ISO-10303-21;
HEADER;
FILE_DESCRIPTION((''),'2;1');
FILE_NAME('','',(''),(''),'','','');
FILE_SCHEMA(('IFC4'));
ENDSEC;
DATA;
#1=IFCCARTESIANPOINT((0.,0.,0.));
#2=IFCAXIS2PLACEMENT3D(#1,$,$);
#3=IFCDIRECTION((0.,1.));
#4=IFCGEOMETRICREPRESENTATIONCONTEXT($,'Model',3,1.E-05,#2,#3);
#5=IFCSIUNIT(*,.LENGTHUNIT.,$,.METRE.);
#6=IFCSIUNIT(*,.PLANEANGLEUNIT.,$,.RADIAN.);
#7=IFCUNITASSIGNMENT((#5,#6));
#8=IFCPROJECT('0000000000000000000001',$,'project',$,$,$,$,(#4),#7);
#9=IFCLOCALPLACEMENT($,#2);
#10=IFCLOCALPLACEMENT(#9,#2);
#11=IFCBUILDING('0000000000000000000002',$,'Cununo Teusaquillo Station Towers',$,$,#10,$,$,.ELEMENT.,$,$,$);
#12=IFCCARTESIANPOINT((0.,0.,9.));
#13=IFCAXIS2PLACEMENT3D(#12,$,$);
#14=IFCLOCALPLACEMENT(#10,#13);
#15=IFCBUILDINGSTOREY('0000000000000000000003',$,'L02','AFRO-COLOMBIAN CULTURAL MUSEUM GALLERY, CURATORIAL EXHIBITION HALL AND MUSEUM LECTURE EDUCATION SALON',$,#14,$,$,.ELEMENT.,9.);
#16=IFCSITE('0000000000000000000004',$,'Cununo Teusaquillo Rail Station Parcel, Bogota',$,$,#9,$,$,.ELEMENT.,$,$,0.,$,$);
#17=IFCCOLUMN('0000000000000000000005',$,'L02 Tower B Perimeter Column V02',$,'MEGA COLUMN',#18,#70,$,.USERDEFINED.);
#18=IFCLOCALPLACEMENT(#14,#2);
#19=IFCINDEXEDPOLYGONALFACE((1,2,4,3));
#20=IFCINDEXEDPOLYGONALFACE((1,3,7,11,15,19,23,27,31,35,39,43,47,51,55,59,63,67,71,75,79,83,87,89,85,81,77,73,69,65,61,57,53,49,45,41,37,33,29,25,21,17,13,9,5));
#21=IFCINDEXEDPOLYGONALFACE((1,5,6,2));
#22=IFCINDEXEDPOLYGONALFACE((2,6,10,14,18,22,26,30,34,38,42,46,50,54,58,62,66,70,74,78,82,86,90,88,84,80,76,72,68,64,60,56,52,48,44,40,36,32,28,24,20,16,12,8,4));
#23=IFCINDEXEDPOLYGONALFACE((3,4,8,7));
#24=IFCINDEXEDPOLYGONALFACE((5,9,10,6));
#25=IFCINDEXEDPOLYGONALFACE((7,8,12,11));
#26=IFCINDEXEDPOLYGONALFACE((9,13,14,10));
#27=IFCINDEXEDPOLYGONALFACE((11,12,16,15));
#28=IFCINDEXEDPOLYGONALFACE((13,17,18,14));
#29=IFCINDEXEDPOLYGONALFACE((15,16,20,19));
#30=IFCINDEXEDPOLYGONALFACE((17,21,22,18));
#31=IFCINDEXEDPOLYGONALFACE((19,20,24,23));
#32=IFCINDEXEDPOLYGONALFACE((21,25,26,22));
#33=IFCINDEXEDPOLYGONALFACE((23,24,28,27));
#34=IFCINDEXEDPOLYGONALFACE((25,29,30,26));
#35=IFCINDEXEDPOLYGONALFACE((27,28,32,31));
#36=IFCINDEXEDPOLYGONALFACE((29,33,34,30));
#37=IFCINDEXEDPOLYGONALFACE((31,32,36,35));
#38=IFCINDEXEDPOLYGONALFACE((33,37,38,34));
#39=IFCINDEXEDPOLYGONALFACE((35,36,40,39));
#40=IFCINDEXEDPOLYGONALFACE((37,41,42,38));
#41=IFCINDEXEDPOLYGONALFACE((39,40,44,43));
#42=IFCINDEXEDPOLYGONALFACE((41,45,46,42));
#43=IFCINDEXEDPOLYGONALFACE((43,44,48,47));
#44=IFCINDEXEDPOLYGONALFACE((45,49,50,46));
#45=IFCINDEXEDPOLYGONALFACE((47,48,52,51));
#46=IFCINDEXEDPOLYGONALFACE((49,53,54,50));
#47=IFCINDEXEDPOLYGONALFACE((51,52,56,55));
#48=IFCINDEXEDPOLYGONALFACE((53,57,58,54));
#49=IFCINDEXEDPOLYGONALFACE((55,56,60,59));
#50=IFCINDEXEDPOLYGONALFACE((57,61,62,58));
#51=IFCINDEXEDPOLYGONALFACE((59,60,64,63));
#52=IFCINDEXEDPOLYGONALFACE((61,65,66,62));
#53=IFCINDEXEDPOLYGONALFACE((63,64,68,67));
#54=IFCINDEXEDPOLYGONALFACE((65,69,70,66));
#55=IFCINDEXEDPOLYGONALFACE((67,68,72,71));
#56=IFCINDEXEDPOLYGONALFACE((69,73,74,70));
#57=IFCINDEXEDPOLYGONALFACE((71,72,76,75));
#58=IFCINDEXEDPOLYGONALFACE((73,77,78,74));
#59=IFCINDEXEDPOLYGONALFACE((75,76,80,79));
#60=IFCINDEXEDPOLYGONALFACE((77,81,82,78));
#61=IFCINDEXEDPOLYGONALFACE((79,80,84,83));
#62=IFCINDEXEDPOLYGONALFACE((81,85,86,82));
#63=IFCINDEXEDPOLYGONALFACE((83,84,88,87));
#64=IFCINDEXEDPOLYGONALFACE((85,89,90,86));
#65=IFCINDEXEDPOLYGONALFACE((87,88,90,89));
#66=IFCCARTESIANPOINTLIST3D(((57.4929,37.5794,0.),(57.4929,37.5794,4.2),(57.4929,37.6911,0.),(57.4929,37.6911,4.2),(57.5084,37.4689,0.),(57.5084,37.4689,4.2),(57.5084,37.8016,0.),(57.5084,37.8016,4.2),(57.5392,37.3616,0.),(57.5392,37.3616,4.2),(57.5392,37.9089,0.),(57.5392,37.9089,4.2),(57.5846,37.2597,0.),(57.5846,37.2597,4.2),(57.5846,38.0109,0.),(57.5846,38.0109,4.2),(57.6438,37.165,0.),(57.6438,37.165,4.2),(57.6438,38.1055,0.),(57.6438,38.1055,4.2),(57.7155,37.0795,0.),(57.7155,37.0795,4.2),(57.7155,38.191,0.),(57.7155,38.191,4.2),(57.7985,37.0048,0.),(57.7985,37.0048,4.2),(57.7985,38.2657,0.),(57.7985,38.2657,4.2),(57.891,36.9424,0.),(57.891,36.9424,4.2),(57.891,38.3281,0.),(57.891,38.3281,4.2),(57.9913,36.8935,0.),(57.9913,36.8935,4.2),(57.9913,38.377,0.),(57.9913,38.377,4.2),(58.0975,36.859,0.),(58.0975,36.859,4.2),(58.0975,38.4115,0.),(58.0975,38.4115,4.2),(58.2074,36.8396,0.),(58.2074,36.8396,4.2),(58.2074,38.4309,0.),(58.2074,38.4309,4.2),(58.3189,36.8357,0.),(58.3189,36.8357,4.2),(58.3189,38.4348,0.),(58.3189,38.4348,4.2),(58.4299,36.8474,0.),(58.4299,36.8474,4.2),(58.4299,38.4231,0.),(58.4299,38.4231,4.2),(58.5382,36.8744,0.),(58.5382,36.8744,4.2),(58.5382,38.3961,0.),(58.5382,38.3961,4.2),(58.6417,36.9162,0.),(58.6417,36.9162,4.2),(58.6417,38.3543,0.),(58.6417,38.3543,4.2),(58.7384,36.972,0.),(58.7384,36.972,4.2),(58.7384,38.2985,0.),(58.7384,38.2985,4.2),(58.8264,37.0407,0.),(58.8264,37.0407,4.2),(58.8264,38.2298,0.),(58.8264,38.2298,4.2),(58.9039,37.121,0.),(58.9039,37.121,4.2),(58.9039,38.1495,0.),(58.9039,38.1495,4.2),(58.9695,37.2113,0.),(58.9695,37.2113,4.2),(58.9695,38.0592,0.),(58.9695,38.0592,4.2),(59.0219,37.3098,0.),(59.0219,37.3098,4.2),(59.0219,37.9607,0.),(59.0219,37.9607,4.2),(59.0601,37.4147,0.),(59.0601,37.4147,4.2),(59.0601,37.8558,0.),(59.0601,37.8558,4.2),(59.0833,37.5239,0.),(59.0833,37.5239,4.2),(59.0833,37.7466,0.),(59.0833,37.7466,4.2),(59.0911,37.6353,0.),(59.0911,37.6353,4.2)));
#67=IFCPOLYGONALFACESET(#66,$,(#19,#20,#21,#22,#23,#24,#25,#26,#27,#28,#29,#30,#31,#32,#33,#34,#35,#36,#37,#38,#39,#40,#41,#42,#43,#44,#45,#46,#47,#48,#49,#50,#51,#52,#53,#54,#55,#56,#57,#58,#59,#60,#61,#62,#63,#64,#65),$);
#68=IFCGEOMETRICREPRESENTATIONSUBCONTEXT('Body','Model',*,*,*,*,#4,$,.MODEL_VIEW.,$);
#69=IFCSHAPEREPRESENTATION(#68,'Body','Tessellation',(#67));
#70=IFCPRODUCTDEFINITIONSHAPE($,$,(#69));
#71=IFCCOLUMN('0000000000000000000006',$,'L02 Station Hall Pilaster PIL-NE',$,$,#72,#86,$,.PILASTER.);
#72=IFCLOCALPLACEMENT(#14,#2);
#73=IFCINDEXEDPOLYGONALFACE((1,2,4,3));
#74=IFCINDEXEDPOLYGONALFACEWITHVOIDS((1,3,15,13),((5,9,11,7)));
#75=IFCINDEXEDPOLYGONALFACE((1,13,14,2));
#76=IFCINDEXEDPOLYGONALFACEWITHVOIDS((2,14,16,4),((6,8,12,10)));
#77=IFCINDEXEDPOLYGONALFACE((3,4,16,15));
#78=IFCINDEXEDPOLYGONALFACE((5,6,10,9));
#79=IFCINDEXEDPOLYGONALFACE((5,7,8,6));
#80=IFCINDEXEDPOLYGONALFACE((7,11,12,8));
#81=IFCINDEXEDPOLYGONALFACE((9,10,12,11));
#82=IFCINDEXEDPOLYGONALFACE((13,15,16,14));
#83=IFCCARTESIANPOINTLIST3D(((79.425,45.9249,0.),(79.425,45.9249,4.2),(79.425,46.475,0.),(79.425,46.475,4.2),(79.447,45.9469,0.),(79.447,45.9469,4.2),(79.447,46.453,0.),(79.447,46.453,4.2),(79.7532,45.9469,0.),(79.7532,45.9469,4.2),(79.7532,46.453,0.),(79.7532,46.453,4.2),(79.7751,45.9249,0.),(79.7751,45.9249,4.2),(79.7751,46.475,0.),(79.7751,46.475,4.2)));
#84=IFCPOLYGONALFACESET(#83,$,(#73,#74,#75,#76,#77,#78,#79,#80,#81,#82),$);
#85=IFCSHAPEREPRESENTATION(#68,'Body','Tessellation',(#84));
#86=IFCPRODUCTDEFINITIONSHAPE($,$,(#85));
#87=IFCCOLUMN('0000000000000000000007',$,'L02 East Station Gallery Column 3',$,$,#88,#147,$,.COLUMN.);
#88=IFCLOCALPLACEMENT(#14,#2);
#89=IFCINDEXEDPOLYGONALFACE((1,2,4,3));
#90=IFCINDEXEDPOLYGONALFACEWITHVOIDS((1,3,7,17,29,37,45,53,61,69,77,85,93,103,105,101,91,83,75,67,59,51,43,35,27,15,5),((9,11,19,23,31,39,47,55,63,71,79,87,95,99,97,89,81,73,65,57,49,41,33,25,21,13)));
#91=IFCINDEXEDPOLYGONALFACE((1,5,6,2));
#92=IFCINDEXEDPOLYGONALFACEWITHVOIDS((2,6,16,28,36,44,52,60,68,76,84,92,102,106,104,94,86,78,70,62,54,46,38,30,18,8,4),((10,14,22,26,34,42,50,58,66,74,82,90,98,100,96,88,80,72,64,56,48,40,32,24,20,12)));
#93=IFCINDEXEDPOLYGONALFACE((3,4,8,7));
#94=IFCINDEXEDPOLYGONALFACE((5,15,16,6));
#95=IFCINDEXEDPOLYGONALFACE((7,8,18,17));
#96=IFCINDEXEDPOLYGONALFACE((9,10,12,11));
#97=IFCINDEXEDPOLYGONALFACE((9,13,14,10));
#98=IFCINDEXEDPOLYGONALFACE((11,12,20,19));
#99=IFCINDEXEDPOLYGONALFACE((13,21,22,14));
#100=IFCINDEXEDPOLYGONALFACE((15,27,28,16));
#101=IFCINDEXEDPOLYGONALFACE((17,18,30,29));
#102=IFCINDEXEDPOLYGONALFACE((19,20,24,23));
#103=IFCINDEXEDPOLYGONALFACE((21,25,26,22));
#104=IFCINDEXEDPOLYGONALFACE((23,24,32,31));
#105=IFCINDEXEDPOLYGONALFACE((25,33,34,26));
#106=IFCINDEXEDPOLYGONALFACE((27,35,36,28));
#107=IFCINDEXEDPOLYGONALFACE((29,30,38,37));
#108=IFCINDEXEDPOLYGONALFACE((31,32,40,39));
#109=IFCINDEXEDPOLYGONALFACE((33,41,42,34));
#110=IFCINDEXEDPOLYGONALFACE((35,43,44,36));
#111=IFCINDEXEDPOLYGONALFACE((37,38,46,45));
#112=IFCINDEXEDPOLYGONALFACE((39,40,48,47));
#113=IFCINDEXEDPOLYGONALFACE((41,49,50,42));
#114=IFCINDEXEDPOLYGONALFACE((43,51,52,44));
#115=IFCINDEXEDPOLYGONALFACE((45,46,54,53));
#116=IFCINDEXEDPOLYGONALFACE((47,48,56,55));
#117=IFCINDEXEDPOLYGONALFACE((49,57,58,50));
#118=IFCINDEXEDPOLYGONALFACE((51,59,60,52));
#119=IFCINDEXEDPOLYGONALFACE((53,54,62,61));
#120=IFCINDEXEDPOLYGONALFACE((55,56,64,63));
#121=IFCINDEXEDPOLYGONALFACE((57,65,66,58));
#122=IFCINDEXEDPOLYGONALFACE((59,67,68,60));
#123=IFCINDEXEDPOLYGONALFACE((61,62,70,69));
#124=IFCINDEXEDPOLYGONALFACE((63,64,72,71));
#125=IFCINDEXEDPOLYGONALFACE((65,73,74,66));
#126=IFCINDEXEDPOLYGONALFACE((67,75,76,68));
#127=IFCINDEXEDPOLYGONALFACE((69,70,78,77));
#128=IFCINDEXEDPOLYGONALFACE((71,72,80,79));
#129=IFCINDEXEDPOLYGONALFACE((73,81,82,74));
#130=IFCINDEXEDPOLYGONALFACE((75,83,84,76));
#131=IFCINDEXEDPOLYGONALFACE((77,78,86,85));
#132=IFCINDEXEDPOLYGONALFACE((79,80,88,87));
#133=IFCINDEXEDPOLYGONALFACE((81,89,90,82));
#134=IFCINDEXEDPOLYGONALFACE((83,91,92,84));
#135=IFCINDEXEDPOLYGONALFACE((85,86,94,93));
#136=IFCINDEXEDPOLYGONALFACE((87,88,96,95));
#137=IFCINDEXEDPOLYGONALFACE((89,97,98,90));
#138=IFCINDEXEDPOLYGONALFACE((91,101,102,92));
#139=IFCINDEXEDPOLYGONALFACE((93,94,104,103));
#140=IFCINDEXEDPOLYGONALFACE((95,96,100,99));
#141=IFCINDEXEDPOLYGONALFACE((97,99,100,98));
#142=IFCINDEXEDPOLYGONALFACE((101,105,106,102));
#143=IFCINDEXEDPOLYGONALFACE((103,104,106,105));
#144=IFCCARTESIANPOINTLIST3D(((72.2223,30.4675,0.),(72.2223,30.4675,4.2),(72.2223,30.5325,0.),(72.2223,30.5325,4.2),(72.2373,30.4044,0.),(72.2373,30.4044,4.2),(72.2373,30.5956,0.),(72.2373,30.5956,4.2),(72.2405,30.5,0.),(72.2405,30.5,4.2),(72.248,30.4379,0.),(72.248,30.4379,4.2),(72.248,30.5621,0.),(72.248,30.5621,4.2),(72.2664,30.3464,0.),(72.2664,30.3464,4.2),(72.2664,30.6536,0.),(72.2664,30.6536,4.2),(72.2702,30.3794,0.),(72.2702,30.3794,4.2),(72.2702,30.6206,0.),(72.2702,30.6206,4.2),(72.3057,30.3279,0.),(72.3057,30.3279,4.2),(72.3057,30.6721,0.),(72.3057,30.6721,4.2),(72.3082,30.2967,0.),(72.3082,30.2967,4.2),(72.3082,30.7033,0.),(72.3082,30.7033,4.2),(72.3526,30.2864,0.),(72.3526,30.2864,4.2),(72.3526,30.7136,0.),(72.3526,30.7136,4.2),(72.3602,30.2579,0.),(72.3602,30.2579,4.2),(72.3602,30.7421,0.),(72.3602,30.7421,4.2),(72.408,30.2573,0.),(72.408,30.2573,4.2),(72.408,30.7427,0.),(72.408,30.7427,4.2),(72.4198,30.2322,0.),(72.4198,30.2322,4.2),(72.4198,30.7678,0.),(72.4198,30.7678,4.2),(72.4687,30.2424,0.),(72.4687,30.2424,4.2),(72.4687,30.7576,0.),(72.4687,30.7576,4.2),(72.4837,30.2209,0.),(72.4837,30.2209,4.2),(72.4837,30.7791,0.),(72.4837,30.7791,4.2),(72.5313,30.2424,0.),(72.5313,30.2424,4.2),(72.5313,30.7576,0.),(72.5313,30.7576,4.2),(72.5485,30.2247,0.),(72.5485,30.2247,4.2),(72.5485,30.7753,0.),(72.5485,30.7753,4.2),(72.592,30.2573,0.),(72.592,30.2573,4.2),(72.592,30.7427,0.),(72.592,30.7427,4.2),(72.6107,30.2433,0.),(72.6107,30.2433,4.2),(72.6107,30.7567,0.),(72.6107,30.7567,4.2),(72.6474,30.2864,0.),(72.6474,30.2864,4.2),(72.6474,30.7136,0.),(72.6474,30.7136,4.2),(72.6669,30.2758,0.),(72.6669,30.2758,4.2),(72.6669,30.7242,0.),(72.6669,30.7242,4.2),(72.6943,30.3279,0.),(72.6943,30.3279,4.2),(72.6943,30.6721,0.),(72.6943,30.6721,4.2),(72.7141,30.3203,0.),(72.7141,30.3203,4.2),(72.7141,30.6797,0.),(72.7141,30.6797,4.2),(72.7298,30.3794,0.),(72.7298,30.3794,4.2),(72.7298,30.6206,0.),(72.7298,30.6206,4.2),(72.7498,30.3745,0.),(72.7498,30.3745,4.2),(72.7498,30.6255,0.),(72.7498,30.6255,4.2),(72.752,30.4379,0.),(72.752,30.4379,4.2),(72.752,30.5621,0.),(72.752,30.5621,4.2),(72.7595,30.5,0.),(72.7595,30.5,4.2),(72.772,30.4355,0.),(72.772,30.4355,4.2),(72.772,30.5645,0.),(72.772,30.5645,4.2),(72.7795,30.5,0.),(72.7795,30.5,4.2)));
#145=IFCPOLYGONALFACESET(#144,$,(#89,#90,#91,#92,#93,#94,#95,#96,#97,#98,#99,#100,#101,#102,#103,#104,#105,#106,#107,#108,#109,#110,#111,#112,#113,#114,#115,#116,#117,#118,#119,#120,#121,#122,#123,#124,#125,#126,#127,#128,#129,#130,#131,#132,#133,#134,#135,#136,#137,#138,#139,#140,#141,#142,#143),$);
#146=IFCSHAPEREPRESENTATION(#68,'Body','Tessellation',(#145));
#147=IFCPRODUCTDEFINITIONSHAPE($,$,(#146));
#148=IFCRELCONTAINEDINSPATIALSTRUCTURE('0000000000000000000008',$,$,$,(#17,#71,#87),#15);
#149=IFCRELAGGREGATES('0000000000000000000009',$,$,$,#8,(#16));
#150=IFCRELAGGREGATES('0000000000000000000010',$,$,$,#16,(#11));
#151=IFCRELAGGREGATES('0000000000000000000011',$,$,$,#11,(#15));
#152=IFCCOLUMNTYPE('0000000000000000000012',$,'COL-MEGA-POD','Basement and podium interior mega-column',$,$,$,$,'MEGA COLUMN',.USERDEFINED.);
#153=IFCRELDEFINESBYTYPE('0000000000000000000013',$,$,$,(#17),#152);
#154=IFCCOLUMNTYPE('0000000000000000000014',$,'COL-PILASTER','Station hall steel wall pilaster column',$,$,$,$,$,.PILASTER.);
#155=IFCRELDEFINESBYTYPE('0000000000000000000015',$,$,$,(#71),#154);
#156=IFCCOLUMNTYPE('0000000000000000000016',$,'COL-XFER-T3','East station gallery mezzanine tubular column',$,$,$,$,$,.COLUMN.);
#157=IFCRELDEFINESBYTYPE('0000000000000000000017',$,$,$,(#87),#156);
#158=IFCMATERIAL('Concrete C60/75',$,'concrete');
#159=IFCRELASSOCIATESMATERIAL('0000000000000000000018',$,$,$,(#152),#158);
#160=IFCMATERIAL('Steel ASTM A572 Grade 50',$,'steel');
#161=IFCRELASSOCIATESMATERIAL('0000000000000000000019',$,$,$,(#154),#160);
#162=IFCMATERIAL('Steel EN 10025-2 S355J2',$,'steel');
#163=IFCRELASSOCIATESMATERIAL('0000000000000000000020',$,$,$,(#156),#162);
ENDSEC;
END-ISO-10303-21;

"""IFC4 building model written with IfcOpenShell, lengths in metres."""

from ifc_helpers import new_model, si_unit, direction, frame, origin, origin_2d, place, context, subcontext, project, spatial, hollow_rectangle, circle, hollow_circle, extrude, material, material_profile, profile_set, type_object, element, save


model = new_model("IFC4")

# Units and contexts
model_context = context("Model", 3, precision=1e-05, world=origin(), true_north=direction((0.0, 1.0)))
body_context = subcontext(model_context, "Body", "Model", "MODEL_VIEW")
ifc_project = project(units=[si_unit("LENGTHUNIT", "METRE"), si_unit("PLANEANGLEUNIT", "RADIAN")], contexts=[model_context])

# Site, building, storey
site_placement = place(None, origin())
site = spatial("IfcSite", under=ifc_project, at=site_placement, Name="Cununo Teusaquillo Rail Station Parcel, Bogota", CompositionType="ELEMENT", RefElevation=0.0)
building_placement = place(site_placement, origin())
building = spatial("IfcBuilding", under=site, at=building_placement, Name="Cununo Teusaquillo Station Towers", CompositionType="ELEMENT")
storey_placement = place(building_placement, frame((0.0, 0.0, 9.0)))
storey = spatial("IfcBuildingStorey", under=building, at=storey_placement, Name="L02", Description="AFRO-COLOMBIAN CULTURAL MUSEUM GALLERY, CURATORIAL EXHIBITION HALL AND MUSEUM LECTURE EDUCATION SALON", CompositionType="ELEMENT", Elevation=9.0)

# Columns
ifc_material_1 = material(Name="Concrete C60/75", Category="concrete")
ifc_material_profile_1 = material_profile(ifc_material_1, circle(Radius=0.8, at=origin_2d()), Name="RC-CIRC-1600")
ifc_profile_set_1 = profile_set([ifc_material_profile_1], Name="Concrete C60/75")
column_type_1 = type_object("IfcColumnType", Name="COL-MEGA-POD", Description="Basement and podium interior mega-column", ElementType="MEGA COLUMN", PredefinedType="USERDEFINED", material=ifc_profile_set_1)
column_1_placement = place(storey_placement, frame((58.291, 37.6353, 0.0), z_axis=(0.0, 0.0, 1.0), x_axis=(1.0, 0.0, 0.0)))
element("IfcColumn", 1, at=column_1_placement, inside=storey, type_object=column_type_1, Name="L02 Tower B Perimeter Column V02", ObjectType="MEGA COLUMN", PredefinedType="USERDEFINED", context=body_context, shape_type="SweptSolid", body=[
    extrude(circle(Radius=0.8, at=origin_2d()), origin(), (0.0, 0.0, 1.0), 4.2),
])
ifc_material_2 = material(Name="Steel ASTM A572 Grade 50", Category="steel")
ifc_material_profile_2 = material_profile(ifc_material_2, hollow_rectangle(XDim=0.3501, YDim=0.55, WallThickness=0.022, at=origin_2d()), Name="RHS 550x350x22")
ifc_profile_set_2 = profile_set([ifc_material_profile_2], Name="Steel ASTM A572 Grade 50")
column_type_2 = type_object("IfcColumnType", Name="COL-PILASTER", Description="Station hall steel wall pilaster column", PredefinedType="PILASTER", material=ifc_profile_set_2)
column_2_placement = place(storey_placement, frame((79.6001, 46.2, 0.0), z_axis=(0.0, 0.0, 1.0), x_axis=(1.0, 0.0, 0.0)))
element("IfcColumn", 2, at=column_2_placement, inside=storey, type_object=column_type_2, Name="L02 Station Hall Pilaster PIL-NE", PredefinedType="PILASTER", context=body_context, shape_type="SweptSolid", body=[
    extrude(hollow_rectangle(XDim=0.3501, YDim=0.55, WallThickness=0.022, at=origin_2d()), origin(), (0.0, 0.0, 1.0), 4.2),
])
ifc_material_3 = material(Name="Steel EN 10025-2 S355J2", Category="steel")
ifc_material_profile_3 = material_profile(ifc_material_3, hollow_circle(Radius=0.2795, WallThickness=0.02, at=origin_2d()), Name="CHS 559x20")
ifc_profile_set_3 = profile_set([ifc_material_profile_3], Name="Steel EN 10025-2 S355J2")
column_type_3 = type_object("IfcColumnType", Name="COL-XFER-T3", Description="East station gallery mezzanine tubular column", PredefinedType="COLUMN", material=ifc_profile_set_3)
for number, where, z_axis, x_axis, name in (
    (3, (72.5, 30.5, 0.0), (0.0, 0.0, 1.0), (1.0, 0.0, 0.0), "L02 East Station Gallery Column 3"),
):
    element("IfcColumn", number, at=place(storey_placement, frame(where, z_axis=z_axis, x_axis=x_axis)), inside=storey, type_object=column_type_3, Name=name, PredefinedType="COLUMN", context=body_context, shape_type="SweptSolid", body=[
        extrude(hollow_circle(Radius=0.2795, WallThickness=0.02, at=origin_2d()), origin(), (0.0, 0.0, 1.0), 4.2),
    ])

save(model, "model.ifc")
